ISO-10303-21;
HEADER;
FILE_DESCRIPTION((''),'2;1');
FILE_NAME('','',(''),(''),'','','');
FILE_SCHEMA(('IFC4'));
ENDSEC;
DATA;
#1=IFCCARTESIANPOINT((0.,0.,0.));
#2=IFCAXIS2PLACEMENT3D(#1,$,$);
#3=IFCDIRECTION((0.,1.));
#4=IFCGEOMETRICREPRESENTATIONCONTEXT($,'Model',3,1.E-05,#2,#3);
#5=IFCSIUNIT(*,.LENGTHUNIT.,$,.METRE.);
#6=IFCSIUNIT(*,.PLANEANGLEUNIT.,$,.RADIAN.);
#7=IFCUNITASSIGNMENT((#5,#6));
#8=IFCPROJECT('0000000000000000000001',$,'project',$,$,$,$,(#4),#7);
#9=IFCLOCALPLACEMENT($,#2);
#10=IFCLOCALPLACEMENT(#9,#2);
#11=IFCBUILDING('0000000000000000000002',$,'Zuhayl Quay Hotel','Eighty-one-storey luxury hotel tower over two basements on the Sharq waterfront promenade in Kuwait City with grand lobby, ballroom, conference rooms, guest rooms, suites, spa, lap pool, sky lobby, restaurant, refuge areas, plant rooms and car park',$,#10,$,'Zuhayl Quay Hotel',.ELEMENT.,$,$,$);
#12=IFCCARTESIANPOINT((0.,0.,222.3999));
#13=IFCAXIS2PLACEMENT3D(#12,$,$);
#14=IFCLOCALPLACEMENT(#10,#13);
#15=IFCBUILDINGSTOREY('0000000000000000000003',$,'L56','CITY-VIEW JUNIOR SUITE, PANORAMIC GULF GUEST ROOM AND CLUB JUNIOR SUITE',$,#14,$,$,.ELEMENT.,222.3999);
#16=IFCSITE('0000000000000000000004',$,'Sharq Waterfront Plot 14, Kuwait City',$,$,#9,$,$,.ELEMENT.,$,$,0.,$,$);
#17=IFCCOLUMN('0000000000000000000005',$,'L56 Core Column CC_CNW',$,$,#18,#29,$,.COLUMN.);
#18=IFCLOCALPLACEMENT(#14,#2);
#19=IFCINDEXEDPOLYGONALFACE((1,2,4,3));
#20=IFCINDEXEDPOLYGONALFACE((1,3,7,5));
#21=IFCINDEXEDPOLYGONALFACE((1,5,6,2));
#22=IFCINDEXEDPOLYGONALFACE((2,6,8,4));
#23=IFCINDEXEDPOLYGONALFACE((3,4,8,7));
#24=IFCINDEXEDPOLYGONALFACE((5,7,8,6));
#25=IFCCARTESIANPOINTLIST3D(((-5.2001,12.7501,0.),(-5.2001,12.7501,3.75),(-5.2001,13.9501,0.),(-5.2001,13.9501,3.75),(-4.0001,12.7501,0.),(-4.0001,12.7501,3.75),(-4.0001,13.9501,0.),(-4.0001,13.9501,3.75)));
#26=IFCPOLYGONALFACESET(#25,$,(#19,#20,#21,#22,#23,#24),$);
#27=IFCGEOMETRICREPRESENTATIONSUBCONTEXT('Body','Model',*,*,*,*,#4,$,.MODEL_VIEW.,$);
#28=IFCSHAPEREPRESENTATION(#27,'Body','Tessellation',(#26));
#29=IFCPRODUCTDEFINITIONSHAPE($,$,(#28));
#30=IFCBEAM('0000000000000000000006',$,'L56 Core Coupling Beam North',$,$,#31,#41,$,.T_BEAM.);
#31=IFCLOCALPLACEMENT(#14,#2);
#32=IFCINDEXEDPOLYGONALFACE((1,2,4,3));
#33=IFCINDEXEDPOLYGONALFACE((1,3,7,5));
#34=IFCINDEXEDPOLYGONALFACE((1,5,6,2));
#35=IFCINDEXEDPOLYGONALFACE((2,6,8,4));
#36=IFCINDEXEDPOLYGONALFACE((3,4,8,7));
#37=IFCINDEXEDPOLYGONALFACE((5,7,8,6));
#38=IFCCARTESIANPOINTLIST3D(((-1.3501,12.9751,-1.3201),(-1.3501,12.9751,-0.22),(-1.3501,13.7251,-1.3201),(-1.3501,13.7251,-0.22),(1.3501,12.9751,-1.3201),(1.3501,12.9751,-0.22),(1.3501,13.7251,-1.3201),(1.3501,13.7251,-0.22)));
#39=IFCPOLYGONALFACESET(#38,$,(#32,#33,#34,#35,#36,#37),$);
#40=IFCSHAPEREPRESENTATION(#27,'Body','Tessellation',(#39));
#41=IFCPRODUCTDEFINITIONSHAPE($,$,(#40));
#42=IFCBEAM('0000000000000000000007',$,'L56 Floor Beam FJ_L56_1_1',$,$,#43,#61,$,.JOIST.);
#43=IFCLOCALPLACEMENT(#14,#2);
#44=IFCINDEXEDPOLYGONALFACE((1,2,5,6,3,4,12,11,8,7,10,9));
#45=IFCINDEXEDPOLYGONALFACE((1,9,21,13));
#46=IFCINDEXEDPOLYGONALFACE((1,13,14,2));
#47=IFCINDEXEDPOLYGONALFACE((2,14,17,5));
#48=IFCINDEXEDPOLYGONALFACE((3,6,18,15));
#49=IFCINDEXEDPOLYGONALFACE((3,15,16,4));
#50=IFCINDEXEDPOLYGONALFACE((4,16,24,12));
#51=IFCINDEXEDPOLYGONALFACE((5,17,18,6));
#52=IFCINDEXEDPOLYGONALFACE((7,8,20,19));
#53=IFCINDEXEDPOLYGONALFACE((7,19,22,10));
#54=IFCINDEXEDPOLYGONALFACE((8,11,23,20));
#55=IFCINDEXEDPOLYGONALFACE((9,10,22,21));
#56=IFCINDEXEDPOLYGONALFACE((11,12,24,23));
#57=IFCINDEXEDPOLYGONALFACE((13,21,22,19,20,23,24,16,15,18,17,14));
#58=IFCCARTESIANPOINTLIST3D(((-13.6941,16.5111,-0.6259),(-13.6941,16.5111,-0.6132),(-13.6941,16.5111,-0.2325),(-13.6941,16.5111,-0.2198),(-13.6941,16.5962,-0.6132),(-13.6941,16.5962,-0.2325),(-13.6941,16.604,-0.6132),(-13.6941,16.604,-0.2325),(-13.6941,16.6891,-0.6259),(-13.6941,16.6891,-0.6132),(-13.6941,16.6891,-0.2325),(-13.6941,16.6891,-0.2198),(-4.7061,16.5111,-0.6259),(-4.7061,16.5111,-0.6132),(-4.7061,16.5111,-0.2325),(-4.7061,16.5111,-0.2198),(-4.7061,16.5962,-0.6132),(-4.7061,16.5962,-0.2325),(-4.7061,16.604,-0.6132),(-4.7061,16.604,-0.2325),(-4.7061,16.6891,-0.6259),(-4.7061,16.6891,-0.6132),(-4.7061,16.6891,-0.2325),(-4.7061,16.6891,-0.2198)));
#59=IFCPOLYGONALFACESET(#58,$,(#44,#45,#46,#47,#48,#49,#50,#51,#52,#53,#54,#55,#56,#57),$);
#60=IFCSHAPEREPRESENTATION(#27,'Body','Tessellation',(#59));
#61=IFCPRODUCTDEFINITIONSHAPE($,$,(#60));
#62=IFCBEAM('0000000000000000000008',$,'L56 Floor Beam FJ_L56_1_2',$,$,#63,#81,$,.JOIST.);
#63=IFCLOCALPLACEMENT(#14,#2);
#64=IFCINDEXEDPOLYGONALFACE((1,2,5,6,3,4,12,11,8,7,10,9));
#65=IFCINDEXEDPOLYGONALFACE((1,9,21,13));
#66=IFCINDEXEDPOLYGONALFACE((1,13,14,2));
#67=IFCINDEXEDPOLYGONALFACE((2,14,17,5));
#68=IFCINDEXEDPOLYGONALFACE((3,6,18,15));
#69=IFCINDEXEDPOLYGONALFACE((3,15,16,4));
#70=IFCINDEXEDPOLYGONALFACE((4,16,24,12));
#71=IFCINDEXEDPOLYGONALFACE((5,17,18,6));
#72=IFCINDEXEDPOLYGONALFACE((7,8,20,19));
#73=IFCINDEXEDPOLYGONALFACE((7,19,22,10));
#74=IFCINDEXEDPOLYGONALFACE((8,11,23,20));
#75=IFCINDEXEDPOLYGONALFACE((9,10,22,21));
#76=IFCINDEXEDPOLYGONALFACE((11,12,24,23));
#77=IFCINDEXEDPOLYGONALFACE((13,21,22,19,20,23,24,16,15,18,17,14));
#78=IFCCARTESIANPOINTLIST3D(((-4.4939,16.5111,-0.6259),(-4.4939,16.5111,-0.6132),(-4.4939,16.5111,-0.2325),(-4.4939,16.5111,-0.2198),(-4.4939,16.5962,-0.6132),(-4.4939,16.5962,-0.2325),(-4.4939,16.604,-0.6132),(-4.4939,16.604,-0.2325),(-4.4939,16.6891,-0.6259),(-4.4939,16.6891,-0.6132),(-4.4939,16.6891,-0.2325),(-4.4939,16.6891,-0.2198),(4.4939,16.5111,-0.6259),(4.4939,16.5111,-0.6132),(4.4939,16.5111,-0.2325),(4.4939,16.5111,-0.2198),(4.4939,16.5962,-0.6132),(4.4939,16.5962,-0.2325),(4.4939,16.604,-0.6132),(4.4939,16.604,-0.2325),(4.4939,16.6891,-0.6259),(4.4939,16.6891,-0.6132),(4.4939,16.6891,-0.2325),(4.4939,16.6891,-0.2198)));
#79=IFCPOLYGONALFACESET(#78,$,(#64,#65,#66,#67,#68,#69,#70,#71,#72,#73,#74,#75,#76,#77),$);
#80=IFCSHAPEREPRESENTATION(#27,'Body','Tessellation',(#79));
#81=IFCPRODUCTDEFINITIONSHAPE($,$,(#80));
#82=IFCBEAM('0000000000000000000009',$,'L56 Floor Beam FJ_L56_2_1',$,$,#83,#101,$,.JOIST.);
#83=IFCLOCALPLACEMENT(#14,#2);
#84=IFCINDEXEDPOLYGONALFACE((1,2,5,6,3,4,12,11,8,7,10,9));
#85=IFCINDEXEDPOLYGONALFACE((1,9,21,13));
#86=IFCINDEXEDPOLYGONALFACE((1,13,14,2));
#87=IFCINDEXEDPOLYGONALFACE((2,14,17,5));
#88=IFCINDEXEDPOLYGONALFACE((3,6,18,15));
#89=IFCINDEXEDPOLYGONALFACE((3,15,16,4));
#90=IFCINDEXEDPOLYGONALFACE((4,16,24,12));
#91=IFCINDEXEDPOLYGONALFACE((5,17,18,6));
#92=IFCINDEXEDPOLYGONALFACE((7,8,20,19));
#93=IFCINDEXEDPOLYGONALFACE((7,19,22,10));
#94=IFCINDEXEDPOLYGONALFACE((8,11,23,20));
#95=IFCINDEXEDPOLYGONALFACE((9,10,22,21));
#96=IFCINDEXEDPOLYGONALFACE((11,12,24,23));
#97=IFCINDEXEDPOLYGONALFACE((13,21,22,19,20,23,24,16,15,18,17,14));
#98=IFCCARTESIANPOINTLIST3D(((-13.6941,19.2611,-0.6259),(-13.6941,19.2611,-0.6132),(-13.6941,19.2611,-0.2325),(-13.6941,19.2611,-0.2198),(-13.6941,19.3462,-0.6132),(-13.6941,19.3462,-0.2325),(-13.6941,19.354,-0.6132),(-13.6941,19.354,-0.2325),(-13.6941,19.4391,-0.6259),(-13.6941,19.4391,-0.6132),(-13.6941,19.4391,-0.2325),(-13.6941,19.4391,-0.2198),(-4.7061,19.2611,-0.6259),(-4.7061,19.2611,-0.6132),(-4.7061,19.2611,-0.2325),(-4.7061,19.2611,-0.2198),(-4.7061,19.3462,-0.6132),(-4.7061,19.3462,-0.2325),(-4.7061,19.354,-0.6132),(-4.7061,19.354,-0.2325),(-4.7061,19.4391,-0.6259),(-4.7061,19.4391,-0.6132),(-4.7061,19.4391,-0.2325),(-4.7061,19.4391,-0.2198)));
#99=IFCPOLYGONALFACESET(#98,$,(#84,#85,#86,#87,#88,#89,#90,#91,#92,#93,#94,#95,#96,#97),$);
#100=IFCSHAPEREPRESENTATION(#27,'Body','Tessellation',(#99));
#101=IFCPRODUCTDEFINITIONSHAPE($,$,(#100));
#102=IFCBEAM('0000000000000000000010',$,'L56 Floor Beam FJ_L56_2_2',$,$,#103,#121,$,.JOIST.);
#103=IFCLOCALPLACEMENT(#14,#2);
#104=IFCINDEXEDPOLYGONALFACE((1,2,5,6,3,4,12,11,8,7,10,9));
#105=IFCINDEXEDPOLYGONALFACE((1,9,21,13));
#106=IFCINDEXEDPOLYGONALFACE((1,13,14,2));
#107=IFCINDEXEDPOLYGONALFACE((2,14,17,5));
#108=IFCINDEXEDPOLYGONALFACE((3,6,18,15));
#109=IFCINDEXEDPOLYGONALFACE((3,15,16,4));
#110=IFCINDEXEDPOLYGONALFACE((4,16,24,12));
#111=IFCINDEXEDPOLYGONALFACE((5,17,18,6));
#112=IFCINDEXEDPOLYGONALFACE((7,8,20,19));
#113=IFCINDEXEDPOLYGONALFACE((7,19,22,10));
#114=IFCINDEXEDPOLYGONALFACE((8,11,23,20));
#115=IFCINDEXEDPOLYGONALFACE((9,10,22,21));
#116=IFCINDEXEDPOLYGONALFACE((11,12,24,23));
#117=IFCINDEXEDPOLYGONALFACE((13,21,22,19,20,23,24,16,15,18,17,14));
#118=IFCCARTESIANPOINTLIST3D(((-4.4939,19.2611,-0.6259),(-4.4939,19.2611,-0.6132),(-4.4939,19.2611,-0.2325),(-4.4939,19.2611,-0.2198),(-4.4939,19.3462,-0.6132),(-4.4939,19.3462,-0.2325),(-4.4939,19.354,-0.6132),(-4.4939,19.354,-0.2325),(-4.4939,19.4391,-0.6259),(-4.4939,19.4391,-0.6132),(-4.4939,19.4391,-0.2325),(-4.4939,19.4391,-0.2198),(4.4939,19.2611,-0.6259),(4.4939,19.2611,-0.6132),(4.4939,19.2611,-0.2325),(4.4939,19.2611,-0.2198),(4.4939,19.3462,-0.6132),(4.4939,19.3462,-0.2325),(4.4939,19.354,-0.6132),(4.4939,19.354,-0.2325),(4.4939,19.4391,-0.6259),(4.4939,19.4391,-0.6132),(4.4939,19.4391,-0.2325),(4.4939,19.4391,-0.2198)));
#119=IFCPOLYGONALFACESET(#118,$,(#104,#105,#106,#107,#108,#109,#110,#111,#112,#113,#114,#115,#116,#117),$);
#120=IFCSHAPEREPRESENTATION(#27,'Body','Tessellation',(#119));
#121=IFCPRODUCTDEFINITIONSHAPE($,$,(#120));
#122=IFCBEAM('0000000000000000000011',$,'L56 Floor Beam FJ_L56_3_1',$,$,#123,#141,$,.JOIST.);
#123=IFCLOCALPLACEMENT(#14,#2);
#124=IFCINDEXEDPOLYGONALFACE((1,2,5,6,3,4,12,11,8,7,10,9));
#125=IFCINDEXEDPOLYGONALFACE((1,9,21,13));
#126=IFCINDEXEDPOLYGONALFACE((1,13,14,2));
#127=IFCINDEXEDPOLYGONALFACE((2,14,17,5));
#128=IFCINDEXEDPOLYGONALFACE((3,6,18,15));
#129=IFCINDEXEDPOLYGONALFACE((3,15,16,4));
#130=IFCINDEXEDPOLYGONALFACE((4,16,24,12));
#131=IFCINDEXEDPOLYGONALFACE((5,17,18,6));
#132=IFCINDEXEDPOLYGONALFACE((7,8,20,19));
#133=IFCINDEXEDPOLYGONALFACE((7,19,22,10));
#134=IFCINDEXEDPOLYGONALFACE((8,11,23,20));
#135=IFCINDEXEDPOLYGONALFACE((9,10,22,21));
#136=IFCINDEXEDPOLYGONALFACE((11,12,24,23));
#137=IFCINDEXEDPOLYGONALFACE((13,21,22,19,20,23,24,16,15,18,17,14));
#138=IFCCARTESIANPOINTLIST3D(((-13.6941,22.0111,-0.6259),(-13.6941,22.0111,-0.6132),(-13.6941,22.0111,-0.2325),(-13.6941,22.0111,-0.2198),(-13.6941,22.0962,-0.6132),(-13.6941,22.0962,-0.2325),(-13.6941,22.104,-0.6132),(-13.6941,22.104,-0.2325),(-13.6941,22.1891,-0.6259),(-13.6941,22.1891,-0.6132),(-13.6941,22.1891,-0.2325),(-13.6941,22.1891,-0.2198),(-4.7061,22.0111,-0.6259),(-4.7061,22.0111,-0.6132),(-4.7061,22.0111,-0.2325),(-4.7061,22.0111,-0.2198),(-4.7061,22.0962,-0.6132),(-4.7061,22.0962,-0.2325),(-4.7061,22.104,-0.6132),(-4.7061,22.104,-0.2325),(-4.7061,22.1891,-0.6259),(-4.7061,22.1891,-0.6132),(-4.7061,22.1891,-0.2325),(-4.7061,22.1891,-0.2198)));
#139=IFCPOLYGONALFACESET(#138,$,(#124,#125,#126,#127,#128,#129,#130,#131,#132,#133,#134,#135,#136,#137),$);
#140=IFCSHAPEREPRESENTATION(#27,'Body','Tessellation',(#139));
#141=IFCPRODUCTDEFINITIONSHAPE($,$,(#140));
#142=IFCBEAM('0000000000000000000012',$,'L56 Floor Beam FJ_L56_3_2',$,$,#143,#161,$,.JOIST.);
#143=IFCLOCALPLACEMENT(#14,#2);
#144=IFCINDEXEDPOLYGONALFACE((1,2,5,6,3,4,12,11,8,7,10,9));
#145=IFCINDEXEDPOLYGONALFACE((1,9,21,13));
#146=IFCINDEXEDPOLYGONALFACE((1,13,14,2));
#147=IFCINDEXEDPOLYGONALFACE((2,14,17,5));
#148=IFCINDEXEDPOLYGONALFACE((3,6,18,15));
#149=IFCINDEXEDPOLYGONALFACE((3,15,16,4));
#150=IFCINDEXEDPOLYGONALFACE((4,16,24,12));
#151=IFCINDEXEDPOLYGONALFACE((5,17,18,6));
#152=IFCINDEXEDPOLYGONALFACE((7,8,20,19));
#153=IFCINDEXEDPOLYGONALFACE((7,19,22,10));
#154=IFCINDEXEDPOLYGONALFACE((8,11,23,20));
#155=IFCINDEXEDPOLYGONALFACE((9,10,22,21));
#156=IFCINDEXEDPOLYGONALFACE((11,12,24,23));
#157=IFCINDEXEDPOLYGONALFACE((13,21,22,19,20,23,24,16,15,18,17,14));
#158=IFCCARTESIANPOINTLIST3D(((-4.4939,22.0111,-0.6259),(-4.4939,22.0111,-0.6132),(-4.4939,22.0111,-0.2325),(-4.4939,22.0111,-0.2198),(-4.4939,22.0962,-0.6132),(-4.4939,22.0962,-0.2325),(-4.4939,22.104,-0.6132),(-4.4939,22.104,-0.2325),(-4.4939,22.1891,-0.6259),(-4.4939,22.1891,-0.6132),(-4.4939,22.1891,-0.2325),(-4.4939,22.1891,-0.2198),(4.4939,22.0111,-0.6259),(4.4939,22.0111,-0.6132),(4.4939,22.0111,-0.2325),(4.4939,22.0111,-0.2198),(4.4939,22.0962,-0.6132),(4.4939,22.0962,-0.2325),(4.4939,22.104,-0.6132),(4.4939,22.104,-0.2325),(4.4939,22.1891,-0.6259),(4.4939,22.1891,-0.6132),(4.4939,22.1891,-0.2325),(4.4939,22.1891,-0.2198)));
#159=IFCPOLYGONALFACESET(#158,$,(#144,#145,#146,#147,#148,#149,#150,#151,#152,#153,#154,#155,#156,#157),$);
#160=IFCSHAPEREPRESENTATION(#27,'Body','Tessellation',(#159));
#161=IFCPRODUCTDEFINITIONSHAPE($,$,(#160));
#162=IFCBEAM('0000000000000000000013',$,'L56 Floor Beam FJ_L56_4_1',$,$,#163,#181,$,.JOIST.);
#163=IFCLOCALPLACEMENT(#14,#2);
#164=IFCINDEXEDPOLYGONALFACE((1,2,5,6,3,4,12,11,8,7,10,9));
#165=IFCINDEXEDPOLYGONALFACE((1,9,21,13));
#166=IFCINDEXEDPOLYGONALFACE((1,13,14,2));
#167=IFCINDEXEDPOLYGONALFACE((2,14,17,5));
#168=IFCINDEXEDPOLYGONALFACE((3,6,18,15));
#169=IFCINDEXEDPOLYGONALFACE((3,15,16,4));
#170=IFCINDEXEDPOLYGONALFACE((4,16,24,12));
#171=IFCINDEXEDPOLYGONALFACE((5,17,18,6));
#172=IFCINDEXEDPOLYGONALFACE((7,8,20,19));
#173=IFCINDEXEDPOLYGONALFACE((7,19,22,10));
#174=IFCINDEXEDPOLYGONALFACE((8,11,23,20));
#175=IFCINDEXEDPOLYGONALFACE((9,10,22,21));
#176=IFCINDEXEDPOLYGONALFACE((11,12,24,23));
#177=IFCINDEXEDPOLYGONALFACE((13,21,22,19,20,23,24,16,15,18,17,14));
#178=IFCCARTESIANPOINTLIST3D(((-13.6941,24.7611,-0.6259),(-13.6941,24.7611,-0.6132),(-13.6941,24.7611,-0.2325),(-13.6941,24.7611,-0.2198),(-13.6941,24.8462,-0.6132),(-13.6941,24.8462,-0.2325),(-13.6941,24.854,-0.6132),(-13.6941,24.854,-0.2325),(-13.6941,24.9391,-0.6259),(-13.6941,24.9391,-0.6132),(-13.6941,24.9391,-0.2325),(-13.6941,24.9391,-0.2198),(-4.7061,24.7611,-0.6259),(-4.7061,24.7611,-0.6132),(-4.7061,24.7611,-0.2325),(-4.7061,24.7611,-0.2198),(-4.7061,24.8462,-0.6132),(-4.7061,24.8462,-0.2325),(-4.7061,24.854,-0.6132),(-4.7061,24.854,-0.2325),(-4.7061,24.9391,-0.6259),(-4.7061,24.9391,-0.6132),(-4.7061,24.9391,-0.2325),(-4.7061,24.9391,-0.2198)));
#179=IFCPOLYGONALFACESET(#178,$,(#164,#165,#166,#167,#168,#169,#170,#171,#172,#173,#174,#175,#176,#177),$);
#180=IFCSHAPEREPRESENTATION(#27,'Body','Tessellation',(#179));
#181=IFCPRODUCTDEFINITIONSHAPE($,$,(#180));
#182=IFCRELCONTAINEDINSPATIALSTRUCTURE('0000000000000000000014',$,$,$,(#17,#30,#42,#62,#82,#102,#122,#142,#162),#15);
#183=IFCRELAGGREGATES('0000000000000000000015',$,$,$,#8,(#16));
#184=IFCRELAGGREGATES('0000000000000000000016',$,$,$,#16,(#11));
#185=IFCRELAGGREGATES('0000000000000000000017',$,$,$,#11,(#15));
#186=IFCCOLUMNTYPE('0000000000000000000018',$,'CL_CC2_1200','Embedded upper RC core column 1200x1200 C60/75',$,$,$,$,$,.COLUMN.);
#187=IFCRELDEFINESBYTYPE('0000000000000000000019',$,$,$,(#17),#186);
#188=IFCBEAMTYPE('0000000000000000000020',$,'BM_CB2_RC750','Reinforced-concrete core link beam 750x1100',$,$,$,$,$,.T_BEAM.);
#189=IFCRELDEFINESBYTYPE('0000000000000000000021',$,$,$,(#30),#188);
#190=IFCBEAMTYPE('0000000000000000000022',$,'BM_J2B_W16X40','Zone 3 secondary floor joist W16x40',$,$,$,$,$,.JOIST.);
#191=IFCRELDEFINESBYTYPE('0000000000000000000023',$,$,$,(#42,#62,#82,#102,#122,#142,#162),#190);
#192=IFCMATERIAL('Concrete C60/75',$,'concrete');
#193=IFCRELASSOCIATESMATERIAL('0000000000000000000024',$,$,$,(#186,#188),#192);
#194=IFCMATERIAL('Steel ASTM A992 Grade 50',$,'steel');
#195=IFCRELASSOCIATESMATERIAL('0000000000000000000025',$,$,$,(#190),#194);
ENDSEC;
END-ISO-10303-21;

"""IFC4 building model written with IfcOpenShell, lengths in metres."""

from ifc_helpers import new_model, si_unit, direction, frame, origin, origin_2d, place, context, subcontext, project, spatial, rectangle, i_section, extrude, material, material_profile, profile_set, type_object, element, save


model = new_model("IFC4")

# Units and contexts
model_context = context("Model", 3, precision=1e-05, world=origin(), true_north=direction((0.0, 1.0)))
body_context = subcontext(model_context, "Body", "Model", "MODEL_VIEW")
ifc_project = project(units=[si_unit("LENGTHUNIT", "METRE"), si_unit("PLANEANGLEUNIT", "RADIAN")], contexts=[model_context])

# Site, building, storey
site_placement = place(None, origin())
site = spatial("IfcSite", under=ifc_project, at=site_placement, Name="Sharq Waterfront Plot 14, Kuwait City", CompositionType="ELEMENT", RefElevation=0.0)
building_placement = place(site_placement, origin())
building = spatial("IfcBuilding", under=site, at=building_placement, Name="Zuhayl Quay Hotel", Description="Eighty-one-storey luxury hotel tower over two basements on the Sharq waterfront promenade in Kuwait City with grand lobby, ballroom, conference rooms, guest rooms, suites, spa, lap pool, sky lobby, restaurant, refuge areas, plant rooms and car park", LongName="Zuhayl Quay Hotel", CompositionType="ELEMENT")
storey_placement = place(building_placement, frame((0.0, 0.0, 222.3999)))
storey = spatial("IfcBuildingStorey", under=building, at=storey_placement, Name="L56", Description="CITY-VIEW JUNIOR SUITE, PANORAMIC GULF GUEST ROOM AND CLUB JUNIOR SUITE", CompositionType="ELEMENT", Elevation=222.3999)

# Column
ifc_material_1 = material(Name="Concrete C60/75", Category="concrete")
ifc_material_profile_1 = material_profile(ifc_material_1, rectangle(XDim=1.2, YDim=1.2, at=origin_2d()), Name="RC1200X1200")
ifc_profile_set_1 = profile_set([ifc_material_profile_1], Name="Concrete C60/75")
column_type = type_object("IfcColumnType", Name="CL_CC2_1200", Description="Embedded upper RC core column 1200x1200 C60/75", PredefinedType="COLUMN", material=ifc_profile_set_1)
column_placement = place(storey_placement, frame((-4.6001, 13.3501, 0.0), z_axis=(0.0, 0.0, 1.0), x_axis=(1.0, 0.0, 0.0)))
element("IfcColumn", 1, at=column_placement, inside=storey, type_object=column_type, Name="L56 Core Column CC_CNW", PredefinedType="COLUMN", context=body_context, shape_type="SweptSolid", body=[
    extrude(rectangle(XDim=1.2, YDim=1.2, at=origin_2d()), origin(), (0.0, 0.0, 1.0), 3.75),
])

# Beams
ifc_material_profile_2 = material_profile(ifc_material_1, rectangle(XDim=0.75, YDim=1.1001, at=origin_2d()), Name="RC750X1100")
ifc_profile_set_2 = profile_set([ifc_material_profile_2], Name="Concrete C60/75")
beam_type_1 = type_object("IfcBeamType", Name="BM_CB2_RC750", Description="Reinforced-concrete core link beam 750x1100", PredefinedType="T_BEAM", material=ifc_profile_set_2)
beam_1_placement = place(storey_placement, frame((-1.3501, 13.3501, -0.77), z_axis=(1.0, 0.0, 0.0), x_axis=(0.0, 1.0, 0.0)))
element("IfcBeam", 2, at=beam_1_placement, inside=storey, type_object=beam_type_1, Name="L56 Core Coupling Beam North", PredefinedType="T_BEAM", context=body_context, shape_type="SweptSolid", body=[
    extrude(rectangle(XDim=0.75, YDim=1.1001, at=origin_2d()), origin(), (0.0, 0.0, 1.0), 2.7002),
])
ifc_material_2 = material(Name="Steel ASTM A992 Grade 50", Category="steel")
ifc_material_profile_3 = material_profile(ifc_material_2, i_section(OverallWidth=0.178, OverallDepth=0.406, WebThickness=0.0078, FlangeThickness=0.0127, at=origin_2d()), Name="W16X40")
ifc_profile_set_3 = profile_set([ifc_material_profile_3], Name="Steel ASTM A992 Grade 50")
beam_type_2 = type_object("IfcBeamType", Name="BM_J2B_W16X40", Description="Zone 3 secondary floor joist W16x40", PredefinedType="JOIST", material=ifc_profile_set_3)
beam_2_placement = place(storey_placement, frame((-13.6941, 16.6001, -0.4229), z_axis=(1.0, 0.0, 0.0), x_axis=(0.0, 1.0, 0.0)))
element("IfcBeam", 3, at=beam_2_placement, inside=storey, type_object=beam_type_2, Name="L56 Floor Beam FJ_L56_1_1", PredefinedType="JOIST", context=body_context, shape_type="SweptSolid", body=[
    extrude(i_section(OverallWidth=0.178, OverallDepth=0.406, WebThickness=0.0078, FlangeThickness=0.0127, at=origin_2d()), origin(), (0.0, 0.0, 1.0), 8.988),
])
beam_3_placement = place(storey_placement, frame((-4.4939, 16.6001, -0.4229), z_axis=(1.0, 0.0, 0.0), x_axis=(0.0, 1.0, 0.0)))
element("IfcBeam", 4, at=beam_3_placement, inside=storey, type_object=beam_type_2, Name="L56 Floor Beam FJ_L56_1_2", PredefinedType="JOIST", context=body_context, shape_type="SweptSolid", body=[
    extrude(i_section(OverallWidth=0.178, OverallDepth=0.406, WebThickness=0.0078, FlangeThickness=0.0127, at=origin_2d()), origin(), (0.0, 0.0, 1.0), 8.9878),
])
beam_4_placement = place(storey_placement, frame((-13.6941, 19.3501, -0.4229), z_axis=(1.0, 0.0, 0.0), x_axis=(0.0, 1.0, 0.0)))
element("IfcBeam", 5, at=beam_4_placement, inside=storey, type_object=beam_type_2, Name="L56 Floor Beam FJ_L56_2_1", PredefinedType="JOIST", context=body_context, shape_type="SweptSolid", body=[
    extrude(i_section(OverallWidth=0.178, OverallDepth=0.406, WebThickness=0.0078, FlangeThickness=0.0127, at=origin_2d()), origin(), (0.0, 0.0, 1.0), 8.988),
])
beam_5_placement = place(storey_placement, frame((-4.4939, 19.3501, -0.4229), z_axis=(1.0, 0.0, 0.0), x_axis=(0.0, 1.0, 0.0)))
element("IfcBeam", 6, at=beam_5_placement, inside=storey, type_object=beam_type_2, Name="L56 Floor Beam FJ_L56_2_2", PredefinedType="JOIST", context=body_context, shape_type="SweptSolid", body=[
    extrude(i_section(OverallWidth=0.178, OverallDepth=0.406, WebThickness=0.0078, FlangeThickness=0.0127, at=origin_2d()), origin(), (0.0, 0.0, 1.0), 8.9878),
])
beam_6_placement = place(storey_placement, frame((-13.6941, 22.1001, -0.4229), z_axis=(1.0, 0.0, 0.0), x_axis=(0.0, 1.0, 0.0)))
element("IfcBeam", 7, at=beam_6_placement, inside=storey, type_object=beam_type_2, Name="L56 Floor Beam FJ_L56_3_1", PredefinedType="JOIST", context=body_context, shape_type="SweptSolid", body=[
    extrude(i_section(OverallWidth=0.178, OverallDepth=0.406, WebThickness=0.0078, FlangeThickness=0.0127, at=origin_2d()), origin(), (0.0, 0.0, 1.0), 8.988),
])
beam_7_placement = place(storey_placement, frame((-4.4939, 22.1001, -0.4229), z_axis=(1.0, 0.0, 0.0), x_axis=(0.0, 1.0, 0.0)))
element("IfcBeam", 8, at=beam_7_placement, inside=storey, type_object=beam_type_2, Name="L56 Floor Beam FJ_L56_3_2", PredefinedType="JOIST", context=body_context, shape_type="SweptSolid", body=[
    extrude(i_section(OverallWidth=0.178, OverallDepth=0.406, WebThickness=0.0078, FlangeThickness=0.0127, at=origin_2d()), origin(), (0.0, 0.0, 1.0), 8.9878),
])
beam_8_placement = place(storey_placement, frame((-13.6941, 24.8501, -0.4229), z_axis=(1.0, 0.0, 0.0), x_axis=(0.0, 1.0, 0.0)))
element("IfcBeam", 9, at=beam_8_placement, inside=storey, type_object=beam_type_2, Name="L56 Floor Beam FJ_L56_4_1", PredefinedType="JOIST", context=body_context, shape_type="SweptSolid", body=[
    extrude(i_section(OverallWidth=0.178, OverallDepth=0.406, WebThickness=0.0078, FlangeThickness=0.0127, at=origin_2d()), origin(), (0.0, 0.0, 1.0), 8.988),
])

save(model, "model.ifc")
